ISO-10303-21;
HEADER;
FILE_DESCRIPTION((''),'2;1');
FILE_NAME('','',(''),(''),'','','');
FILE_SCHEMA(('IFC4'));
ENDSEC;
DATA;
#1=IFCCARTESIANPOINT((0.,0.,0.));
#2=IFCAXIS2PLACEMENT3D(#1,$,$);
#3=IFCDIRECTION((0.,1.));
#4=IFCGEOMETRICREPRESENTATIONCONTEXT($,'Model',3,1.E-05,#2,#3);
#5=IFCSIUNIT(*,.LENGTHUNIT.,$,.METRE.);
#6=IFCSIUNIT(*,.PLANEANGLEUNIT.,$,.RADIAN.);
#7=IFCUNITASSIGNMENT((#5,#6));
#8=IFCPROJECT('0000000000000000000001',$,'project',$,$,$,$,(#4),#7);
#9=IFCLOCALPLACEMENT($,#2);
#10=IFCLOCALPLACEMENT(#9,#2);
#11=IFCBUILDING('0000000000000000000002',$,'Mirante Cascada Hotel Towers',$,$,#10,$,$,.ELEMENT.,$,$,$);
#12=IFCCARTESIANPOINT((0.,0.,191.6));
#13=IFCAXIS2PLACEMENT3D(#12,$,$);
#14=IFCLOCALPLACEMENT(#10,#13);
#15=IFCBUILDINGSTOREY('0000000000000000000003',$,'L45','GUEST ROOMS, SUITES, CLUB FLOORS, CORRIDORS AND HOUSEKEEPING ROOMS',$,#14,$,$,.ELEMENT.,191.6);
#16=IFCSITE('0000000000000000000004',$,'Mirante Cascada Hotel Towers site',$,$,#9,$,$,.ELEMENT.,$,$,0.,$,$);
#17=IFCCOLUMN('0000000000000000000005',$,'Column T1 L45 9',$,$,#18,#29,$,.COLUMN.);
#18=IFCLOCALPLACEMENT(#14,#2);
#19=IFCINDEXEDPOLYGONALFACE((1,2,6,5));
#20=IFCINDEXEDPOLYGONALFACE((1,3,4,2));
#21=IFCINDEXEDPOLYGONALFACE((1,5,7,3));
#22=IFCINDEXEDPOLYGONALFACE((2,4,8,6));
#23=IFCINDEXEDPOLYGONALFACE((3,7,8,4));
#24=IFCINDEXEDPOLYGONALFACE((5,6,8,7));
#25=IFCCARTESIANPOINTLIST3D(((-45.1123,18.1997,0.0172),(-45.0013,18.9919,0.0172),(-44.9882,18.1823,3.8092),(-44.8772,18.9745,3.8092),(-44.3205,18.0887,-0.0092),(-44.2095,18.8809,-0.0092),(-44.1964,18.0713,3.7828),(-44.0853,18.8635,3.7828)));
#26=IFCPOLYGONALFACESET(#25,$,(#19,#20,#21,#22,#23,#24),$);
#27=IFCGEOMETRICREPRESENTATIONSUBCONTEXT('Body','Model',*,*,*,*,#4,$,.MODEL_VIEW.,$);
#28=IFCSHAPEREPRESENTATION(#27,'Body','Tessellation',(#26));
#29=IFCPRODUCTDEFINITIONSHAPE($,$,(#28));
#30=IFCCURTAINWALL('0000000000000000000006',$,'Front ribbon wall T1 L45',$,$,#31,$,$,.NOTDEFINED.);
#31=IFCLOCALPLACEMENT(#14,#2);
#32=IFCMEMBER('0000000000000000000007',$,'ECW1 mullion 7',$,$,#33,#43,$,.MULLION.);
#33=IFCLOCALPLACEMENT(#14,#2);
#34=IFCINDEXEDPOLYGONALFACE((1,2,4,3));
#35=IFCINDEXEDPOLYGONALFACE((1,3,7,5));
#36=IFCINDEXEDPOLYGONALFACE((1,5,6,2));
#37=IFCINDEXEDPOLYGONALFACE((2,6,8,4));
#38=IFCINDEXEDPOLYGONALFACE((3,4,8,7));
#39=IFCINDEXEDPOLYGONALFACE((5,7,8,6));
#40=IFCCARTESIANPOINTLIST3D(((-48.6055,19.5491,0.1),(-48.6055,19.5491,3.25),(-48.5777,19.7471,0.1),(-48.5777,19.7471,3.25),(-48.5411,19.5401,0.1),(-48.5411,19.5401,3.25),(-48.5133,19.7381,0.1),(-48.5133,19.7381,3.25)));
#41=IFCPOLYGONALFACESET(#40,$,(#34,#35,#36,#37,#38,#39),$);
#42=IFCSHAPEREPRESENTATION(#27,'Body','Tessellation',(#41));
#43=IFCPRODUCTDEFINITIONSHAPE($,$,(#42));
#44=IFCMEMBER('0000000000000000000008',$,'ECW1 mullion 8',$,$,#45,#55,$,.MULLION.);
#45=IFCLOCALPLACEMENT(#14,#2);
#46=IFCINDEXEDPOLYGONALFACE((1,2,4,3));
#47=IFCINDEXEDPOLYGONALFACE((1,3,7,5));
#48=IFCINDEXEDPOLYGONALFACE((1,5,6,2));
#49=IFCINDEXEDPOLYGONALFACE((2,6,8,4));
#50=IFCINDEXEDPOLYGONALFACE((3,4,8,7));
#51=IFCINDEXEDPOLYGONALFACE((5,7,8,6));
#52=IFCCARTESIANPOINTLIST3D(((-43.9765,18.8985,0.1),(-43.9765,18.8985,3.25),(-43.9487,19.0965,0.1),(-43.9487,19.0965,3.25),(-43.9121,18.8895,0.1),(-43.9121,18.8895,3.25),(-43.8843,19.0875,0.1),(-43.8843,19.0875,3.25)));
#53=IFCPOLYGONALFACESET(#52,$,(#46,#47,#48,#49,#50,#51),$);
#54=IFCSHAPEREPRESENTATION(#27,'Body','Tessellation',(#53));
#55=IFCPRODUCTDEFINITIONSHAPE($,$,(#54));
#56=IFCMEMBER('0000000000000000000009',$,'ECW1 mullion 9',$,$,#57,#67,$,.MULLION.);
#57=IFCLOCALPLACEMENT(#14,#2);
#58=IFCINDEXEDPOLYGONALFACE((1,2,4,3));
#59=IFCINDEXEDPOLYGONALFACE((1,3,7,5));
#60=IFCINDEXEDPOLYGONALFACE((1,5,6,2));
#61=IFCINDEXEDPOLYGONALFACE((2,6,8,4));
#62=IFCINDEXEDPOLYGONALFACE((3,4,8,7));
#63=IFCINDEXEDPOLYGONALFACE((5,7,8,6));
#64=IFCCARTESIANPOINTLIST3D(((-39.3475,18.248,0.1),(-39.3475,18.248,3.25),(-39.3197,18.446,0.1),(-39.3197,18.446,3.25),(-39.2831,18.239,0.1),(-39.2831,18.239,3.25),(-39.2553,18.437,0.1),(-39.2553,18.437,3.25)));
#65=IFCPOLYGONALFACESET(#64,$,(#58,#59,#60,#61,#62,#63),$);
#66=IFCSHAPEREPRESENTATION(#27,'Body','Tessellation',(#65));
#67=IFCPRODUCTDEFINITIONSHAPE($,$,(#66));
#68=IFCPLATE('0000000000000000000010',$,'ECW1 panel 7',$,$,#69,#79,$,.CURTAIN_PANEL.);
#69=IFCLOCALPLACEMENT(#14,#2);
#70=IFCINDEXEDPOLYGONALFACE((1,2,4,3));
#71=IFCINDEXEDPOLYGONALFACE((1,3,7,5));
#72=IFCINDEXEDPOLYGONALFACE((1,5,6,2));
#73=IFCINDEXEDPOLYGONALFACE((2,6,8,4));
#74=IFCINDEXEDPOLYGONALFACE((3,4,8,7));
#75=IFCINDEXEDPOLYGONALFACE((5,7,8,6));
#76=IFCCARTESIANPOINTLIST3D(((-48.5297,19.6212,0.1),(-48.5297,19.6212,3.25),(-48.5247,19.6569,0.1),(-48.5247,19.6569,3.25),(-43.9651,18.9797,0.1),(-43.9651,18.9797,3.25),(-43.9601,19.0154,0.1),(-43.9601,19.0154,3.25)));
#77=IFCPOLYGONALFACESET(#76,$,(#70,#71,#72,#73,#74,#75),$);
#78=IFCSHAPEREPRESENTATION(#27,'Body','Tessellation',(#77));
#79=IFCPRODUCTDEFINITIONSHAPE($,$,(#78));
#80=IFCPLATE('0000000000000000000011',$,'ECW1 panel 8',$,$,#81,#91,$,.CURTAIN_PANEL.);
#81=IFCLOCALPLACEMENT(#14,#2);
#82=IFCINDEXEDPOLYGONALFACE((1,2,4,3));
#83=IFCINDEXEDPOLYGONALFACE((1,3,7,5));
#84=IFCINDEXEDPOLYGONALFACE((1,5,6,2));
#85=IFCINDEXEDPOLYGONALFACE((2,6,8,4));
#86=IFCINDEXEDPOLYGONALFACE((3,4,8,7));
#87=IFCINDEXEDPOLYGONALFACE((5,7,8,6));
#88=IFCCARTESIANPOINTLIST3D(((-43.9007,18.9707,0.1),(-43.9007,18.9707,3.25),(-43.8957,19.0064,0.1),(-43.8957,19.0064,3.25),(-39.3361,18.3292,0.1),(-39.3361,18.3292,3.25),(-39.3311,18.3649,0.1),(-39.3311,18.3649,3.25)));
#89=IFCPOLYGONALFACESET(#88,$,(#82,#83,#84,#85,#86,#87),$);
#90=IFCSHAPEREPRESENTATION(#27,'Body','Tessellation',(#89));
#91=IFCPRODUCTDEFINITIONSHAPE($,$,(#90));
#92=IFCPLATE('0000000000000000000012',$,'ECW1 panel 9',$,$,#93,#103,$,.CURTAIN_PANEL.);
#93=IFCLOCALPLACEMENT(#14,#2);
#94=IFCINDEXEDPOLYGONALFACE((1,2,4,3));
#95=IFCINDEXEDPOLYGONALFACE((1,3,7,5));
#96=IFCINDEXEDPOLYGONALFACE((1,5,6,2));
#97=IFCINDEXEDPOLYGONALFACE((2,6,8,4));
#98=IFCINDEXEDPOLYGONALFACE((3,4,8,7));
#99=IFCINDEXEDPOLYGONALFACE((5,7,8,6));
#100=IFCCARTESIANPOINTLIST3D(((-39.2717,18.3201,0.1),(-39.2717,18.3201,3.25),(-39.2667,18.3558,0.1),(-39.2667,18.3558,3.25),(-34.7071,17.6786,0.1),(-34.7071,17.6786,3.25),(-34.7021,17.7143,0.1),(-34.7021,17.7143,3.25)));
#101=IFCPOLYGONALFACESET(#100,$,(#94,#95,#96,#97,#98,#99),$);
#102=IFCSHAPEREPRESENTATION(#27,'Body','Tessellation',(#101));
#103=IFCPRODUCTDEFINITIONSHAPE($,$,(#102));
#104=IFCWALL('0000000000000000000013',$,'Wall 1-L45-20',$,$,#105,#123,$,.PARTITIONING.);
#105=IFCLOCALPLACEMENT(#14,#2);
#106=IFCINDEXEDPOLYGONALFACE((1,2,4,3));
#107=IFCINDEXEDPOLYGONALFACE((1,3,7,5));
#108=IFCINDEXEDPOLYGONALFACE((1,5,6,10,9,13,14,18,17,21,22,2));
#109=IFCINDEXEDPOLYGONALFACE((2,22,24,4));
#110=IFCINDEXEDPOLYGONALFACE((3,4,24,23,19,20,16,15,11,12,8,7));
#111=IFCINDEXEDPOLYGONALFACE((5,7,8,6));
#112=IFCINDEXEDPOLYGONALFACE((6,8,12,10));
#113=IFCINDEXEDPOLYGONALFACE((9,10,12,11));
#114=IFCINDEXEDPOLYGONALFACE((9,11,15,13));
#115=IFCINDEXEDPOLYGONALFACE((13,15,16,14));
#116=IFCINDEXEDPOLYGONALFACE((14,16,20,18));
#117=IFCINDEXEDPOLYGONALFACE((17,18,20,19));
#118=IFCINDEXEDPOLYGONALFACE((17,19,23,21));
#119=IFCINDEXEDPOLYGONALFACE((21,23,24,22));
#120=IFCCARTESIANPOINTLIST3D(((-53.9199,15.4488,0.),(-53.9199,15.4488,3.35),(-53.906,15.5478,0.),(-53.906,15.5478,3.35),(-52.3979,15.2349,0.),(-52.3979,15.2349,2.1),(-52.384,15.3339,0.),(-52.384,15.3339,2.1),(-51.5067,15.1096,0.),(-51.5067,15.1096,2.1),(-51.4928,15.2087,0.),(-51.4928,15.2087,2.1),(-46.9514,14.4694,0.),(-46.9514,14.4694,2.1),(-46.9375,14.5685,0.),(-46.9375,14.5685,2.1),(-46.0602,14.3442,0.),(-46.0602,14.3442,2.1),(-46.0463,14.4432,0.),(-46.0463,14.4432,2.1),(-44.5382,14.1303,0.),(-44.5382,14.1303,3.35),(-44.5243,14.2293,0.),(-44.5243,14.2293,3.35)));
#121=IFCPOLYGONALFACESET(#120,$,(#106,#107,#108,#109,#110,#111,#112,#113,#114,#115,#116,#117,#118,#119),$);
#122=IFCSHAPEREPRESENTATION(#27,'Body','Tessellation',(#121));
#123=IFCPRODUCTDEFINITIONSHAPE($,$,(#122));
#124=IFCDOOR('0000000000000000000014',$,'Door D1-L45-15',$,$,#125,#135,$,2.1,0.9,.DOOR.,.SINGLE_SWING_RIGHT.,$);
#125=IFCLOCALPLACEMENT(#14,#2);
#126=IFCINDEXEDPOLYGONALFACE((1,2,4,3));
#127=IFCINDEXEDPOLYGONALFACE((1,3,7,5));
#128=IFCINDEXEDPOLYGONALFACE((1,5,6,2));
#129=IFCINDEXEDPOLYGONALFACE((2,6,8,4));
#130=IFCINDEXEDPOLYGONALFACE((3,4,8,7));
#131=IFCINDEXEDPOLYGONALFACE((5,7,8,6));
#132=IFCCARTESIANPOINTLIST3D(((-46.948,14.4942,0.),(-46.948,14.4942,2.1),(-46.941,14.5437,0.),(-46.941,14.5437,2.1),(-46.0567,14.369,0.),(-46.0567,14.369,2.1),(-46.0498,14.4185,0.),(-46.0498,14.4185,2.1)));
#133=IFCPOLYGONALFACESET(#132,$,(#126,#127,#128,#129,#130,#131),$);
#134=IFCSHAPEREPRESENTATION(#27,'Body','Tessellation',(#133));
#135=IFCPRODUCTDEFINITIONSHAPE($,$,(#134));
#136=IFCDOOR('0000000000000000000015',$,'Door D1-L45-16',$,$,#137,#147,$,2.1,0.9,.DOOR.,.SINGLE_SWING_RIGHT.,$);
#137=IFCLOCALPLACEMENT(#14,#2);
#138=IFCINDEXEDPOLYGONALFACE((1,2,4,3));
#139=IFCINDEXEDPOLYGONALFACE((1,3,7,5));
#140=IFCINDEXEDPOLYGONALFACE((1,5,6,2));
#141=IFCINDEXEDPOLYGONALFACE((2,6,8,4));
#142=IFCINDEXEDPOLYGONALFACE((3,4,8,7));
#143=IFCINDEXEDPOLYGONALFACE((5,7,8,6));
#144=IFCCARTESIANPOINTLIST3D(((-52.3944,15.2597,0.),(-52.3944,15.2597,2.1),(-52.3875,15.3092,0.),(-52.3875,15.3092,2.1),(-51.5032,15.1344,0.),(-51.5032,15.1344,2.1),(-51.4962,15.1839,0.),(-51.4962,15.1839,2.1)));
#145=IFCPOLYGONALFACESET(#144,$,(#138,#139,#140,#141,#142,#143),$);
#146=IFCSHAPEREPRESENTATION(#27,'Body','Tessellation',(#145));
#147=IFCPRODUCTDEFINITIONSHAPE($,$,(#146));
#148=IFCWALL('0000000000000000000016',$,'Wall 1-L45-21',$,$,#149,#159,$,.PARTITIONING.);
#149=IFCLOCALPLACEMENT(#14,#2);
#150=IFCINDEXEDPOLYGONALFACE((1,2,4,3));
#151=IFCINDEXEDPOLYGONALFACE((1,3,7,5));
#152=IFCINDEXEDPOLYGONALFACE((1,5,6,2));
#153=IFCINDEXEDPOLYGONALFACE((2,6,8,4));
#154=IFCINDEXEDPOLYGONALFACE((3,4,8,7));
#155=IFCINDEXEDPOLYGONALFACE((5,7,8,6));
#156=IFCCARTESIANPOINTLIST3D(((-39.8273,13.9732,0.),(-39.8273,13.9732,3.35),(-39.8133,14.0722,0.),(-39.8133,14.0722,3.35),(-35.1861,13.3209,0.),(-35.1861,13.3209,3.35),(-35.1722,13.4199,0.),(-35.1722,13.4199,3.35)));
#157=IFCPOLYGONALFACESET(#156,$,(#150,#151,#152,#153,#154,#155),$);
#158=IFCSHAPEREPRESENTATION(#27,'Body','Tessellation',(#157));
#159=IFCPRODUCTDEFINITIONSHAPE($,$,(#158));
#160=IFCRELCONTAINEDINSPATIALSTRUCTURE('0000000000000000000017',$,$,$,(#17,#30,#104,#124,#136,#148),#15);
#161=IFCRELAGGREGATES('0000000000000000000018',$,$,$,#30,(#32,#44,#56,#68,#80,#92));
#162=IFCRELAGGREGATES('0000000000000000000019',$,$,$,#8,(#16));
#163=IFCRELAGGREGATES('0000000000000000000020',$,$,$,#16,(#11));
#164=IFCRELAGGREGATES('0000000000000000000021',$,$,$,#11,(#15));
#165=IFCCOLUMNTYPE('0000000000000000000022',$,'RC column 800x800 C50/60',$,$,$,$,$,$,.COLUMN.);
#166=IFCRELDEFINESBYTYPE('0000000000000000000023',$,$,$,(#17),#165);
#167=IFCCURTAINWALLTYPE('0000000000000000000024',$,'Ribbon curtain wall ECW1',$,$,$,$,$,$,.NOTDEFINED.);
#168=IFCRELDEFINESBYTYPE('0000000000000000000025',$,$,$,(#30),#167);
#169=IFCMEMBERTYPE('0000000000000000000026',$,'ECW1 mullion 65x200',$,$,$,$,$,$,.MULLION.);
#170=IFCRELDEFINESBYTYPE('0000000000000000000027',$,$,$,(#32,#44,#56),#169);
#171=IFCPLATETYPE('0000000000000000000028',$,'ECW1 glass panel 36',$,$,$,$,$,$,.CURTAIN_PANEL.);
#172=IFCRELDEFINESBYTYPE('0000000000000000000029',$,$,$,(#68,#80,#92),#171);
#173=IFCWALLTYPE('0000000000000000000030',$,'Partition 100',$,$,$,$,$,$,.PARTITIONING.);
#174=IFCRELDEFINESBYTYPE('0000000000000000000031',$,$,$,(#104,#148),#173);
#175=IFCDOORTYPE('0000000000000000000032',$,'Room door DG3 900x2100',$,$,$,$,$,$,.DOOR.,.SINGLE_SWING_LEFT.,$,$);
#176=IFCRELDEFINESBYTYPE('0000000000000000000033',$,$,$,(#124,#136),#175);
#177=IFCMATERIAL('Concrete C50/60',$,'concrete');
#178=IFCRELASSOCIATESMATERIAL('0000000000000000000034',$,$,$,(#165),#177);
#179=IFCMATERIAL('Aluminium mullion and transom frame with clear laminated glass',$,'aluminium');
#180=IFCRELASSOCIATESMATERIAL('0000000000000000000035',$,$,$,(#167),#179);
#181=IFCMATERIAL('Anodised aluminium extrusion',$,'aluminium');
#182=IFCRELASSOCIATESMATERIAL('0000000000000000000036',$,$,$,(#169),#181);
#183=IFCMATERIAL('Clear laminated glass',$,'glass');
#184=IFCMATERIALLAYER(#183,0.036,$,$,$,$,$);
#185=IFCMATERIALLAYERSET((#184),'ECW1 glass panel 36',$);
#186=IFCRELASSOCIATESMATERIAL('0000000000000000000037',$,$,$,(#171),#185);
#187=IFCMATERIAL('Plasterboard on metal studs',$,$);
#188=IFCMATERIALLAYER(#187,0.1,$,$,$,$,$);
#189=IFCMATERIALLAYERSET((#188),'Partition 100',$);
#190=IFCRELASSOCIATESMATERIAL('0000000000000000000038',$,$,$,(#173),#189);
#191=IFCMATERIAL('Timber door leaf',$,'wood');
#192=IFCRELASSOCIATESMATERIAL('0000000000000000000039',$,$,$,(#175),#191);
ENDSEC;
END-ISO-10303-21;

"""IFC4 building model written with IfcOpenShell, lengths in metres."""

from ifc_helpers import new_model, si_unit, direction, frame, frame_2d, origin, origin_2d, place, context, subcontext, project, spatial, rectangle, extrude, material, layer, layer_set, material_profile, profile_set, type_object, element, fill, aggregate, save


model = new_model("IFC4")

# Units and contexts
model_context = context("Model", 3, precision=1e-05, world=origin(), true_north=direction((0.0, 1.0)))
body_context = subcontext(model_context, "Body", "Model", "MODEL_VIEW")
ifc_project = project(units=[si_unit("LENGTHUNIT", "METRE"), si_unit("PLANEANGLEUNIT", "RADIAN")], contexts=[model_context])

# Site, building, storey
site_placement = place(None, origin())
site = spatial("IfcSite", under=ifc_project, at=site_placement, Name="Mirante Cascada Hotel Towers site", CompositionType="ELEMENT", RefElevation=0.0)
building_placement = place(site_placement, origin())
building = spatial("IfcBuilding", under=site, at=building_placement, Name="Mirante Cascada Hotel Towers", CompositionType="ELEMENT")
storey_placement = place(building_placement, frame((0.0, 0.0, 191.6)))
storey = spatial("IfcBuildingStorey", under=building, at=storey_placement, Name="L45", Description="GUEST ROOMS, SUITES, CLUB FLOORS, CORRIDORS AND HOUSEKEEPING ROOMS", CompositionType="ELEMENT", Elevation=191.6)

# Column
ifc_material_1 = material(Name="Concrete C50/60", Category="concrete")
ifc_material_profile_1 = material_profile(ifc_material_1, rectangle(XDim=0.8, YDim=0.8, at=origin_2d()), Name="RC column 800x800 C50/60")
ifc_profile_set_1 = profile_set([ifc_material_profile_1], Name="Concrete C50/60")
column_type = type_object("IfcColumnType", Name="RC column 800x800 C50/60", PredefinedType="COLUMN", material=ifc_profile_set_1)
column_placement = place(storey_placement, frame((-44.6609, 18.5403, 0.004), z_axis=(0.032709, -0.004586, 0.999454), x_axis=(0.138851, 0.990313, 0.0)))
element("IfcColumn", 1, at=column_placement, inside=storey, type_object=column_type, Name="Column T1 L45 9", PredefinedType="COLUMN", context=body_context, shape_type="SweptSolid", body=[
    extrude(rectangle(XDim=0.8, YDim=0.8, at=origin_2d()), origin(), (0.0, 0.0, 1.0), 3.7941),
])

# Curtain wall, members, plates
ifc_material_2 = material(Name="Aluminium mullion and transom frame with clear laminated glass", Category="aluminium")
curtain_wall_type = type_object("IfcCurtainWallType", Name="Ribbon curtain wall ECW1", PredefinedType="NOTDEFINED", material=ifc_material_2)
curtain_wall_placement = place(storey_placement, origin())
curtain_wall = element("IfcCurtainWall", 2, at=curtain_wall_placement, inside=storey, type_object=curtain_wall_type, Name="Front ribbon wall T1 L45", PredefinedType="NOTDEFINED")
ifc_material_3 = material(Name="Anodised aluminium extrusion", Category="aluminium")
ifc_material_profile_2 = material_profile(ifc_material_3, rectangle(XDim=0.2, YDim=0.065, at=origin_2d()), Name="ECW1 MULLION 65x200")
ifc_profile_set_2 = profile_set([ifc_material_profile_2], Name="Anodised aluminium extrusion")
member_type = type_object("IfcMemberType", Name="ECW1 mullion 65x200", PredefinedType="MULLION", material=ifc_profile_set_2)
member_1_placement = place(storey_placement, frame((-48.5594, 19.6436, 0.1), z_axis=(0.0, 0.0, 1.0), x_axis=(0.139173, 0.990268, 0.0)))
member_1 = element("IfcMember", 3, at=member_1_placement, type_object=member_type, Name="ECW1 mullion 7", PredefinedType="MULLION", context=body_context, shape_type="SweptSolid", body=[
    extrude(rectangle(XDim=0.2, YDim=0.065, at=origin_2d()), origin(), (0.0, 0.0, 1.0), 3.15),
])
member_2_placement = place(storey_placement, frame((-43.9304, 18.993, 0.1), z_axis=(0.0, 0.0, 1.0), x_axis=(0.139173, 0.990268, 0.0)))
member_2 = element("IfcMember", 4, at=member_2_placement, type_object=member_type, Name="ECW1 mullion 8", PredefinedType="MULLION", context=body_context, shape_type="SweptSolid", body=[
    extrude(rectangle(XDim=0.2, YDim=0.065, at=origin_2d()), origin(), (0.0, 0.0, 1.0), 3.15),
])
member_3_placement = place(storey_placement, frame((-39.3014, 18.3425, 0.1), z_axis=(0.0, 0.0, 1.0), x_axis=(0.139173, 0.990268, 0.0)))
member_3 = element("IfcMember", 5, at=member_3_placement, type_object=member_type, Name="ECW1 mullion 9", PredefinedType="MULLION", context=body_context, shape_type="SweptSolid", body=[
    extrude(rectangle(XDim=0.2, YDim=0.065, at=origin_2d()), origin(), (0.0, 0.0, 1.0), 3.15),
])
ifc_material_4 = material(Name="Clear laminated glass", Category="glass")
ifc_layer_1 = layer(ifc_material_4, 0.036)
ifc_layer_set_1 = layer_set([ifc_layer_1], Name="ECW1 glass panel 36")
plate_type = type_object("IfcPlateType", Name="ECW1 glass panel 36", PredefinedType="CURTAIN_PANEL", material=ifc_layer_set_1)
plate_1_placement = place(storey_placement, frame((-46.2449, 19.3183, 0.1), z_axis=(0.0, 0.0, 1.0), x_axis=(0.990268, -0.139173, 0.0)))
plate_1 = element("IfcPlate", 6, at=plate_1_placement, type_object=plate_type, Name="ECW1 panel 7", PredefinedType="CURTAIN_PANEL", context=body_context, shape_type="SweptSolid", body=[
    extrude(rectangle(XDim=4.6095, YDim=0.036, at=origin_2d()), origin(), (0.0, 0.0, 1.0), 3.15),
])
plate_2_placement = place(storey_placement, frame((-41.6159, 18.6678, 0.1), z_axis=(0.0, 0.0, 1.0), x_axis=(0.990268, -0.139173, 0.0)))
plate_2 = element("IfcPlate", 7, at=plate_2_placement, type_object=plate_type, Name="ECW1 panel 8", PredefinedType="CURTAIN_PANEL", context=body_context, shape_type="SweptSolid", body=[
    extrude(rectangle(XDim=4.6095, YDim=0.036, at=origin_2d()), origin(), (0.0, 0.0, 1.0), 3.15),
])
plate_3_placement = place(storey_placement, frame((-36.9869, 18.0172, 0.1), z_axis=(0.0, 0.0, 1.0), x_axis=(0.990268, -0.139173, 0.0)))
plate_3 = element("IfcPlate", 8, at=plate_3_placement, type_object=plate_type, Name="ECW1 panel 9", PredefinedType="CURTAIN_PANEL", context=body_context, shape_type="SweptSolid", body=[
    extrude(rectangle(XDim=4.6095, YDim=0.036, at=origin_2d()), origin(), (0.0, 0.0, 1.0), 3.15),
])
aggregate(curtain_wall, [member_1, member_2, member_3, plate_1, plate_2, plate_3])

# Wall, openings, doors
ifc_material_5 = material(Name="Plasterboard on metal studs")
ifc_layer_2 = layer(ifc_material_5, 0.1)
ifc_layer_set_2 = layer_set([ifc_layer_2], Name="Partition 100")
wall_type = type_object("IfcWallType", Name="Partition 100", PredefinedType="PARTITIONING", material=ifc_layer_set_2)
wall_1_placement = place(storey_placement, frame((-44.5312, 14.1798, 0.0), z_axis=(0.0, 0.0, 1.0), x_axis=(-0.990268, 0.139172, 0.0)))
wall_1 = element("IfcWall", 9, at=wall_1_placement, inside=storey, type_object=wall_type, Name="Wall 1-L45-20", PredefinedType="PARTITIONING", context=body_context, shape_type="SweptSolid", body=[
    extrude(rectangle(XDim=9.4739, YDim=0.1, at=frame_2d((4.737, 0.0))), origin(), (0.0, 0.0, 1.0), 3.35),
])
opening_1_placement = place(wall_1_placement, frame((1.537, 0.0, 0.0)))
opening_1 = element("IfcOpeningElement", 10, at=opening_1_placement, cuts=wall_1, PredefinedType="OPENING", context=body_context, shape_type="SweptSolid", body=[
    extrude(rectangle(XDim=0.9, YDim=2.1, at=frame_2d((0.45, 1.05))), frame((0.0, 0.05, 0.0), z_axis=(0.0, -1.0, 0.0), x_axis=(1.0, 0.0, 0.0)), (0.0, 0.0, 1.0), 0.1),
])
opening_2_placement = place(wall_1_placement, frame((7.037, 0.0, 0.0)))
opening_2 = element("IfcOpeningElement", 11, at=opening_2_placement, cuts=wall_1, PredefinedType="OPENING", context=body_context, shape_type="SweptSolid", body=[
    extrude(rectangle(XDim=0.9, YDim=2.1, at=frame_2d((0.45, 1.05))), frame((0.0, 0.05, 0.0), z_axis=(0.0, -1.0, 0.0), x_axis=(1.0, 0.0, 0.0)), (0.0, 0.0, 1.0), 0.1),
])
ifc_material_6 = material(Name="Timber door leaf", Category="wood")
door_type_1 = type_object("IfcDoorType", Name="Room door DG3 900x2100", OperationType="SINGLE_SWING_LEFT", PredefinedType="DOOR", material=ifc_material_6)
door_1_placement = place(opening_1_placement, frame((0.9, 0.0, 0.0), z_axis=(0.0, 0.0, 1.0), x_axis=(-1.0, 0.0, 0.0)))
door_1 = element("IfcDoor", 12, at=door_1_placement, inside=storey, type_object=door_type_1, Name="Door D1-L45-15", OperationType="SINGLE_SWING_RIGHT", OverallHeight=2.1, OverallWidth=0.9, PredefinedType="DOOR", context=body_context, shape_type="SweptSolid", body=[
    extrude(rectangle(XDim=0.9, YDim=2.1, at=frame_2d((0.45, 1.05))), frame((0.0, 0.025, 0.0), z_axis=(0.0, -1.0, 0.0), x_axis=(1.0, 0.0, 0.0)), (0.0, 0.0, 1.0), 0.05),
])
fill(opening_1, door_1)
door_2_placement = place(opening_2_placement, frame((0.9, 0.0, 0.0), z_axis=(0.0, 0.0, 1.0), x_axis=(-1.0, 0.0, 0.0)))
door_2 = element("IfcDoor", 13, at=door_2_placement, inside=storey, type_object=door_type_1, Name="Door D1-L45-16", OperationType="SINGLE_SWING_RIGHT", OverallHeight=2.1, OverallWidth=0.9, PredefinedType="DOOR", context=body_context, shape_type="SweptSolid", body=[
    extrude(rectangle(XDim=0.9, YDim=2.1, at=frame_2d((0.45, 1.05))), frame((0.0, 0.025, 0.0), z_axis=(0.0, -1.0, 0.0), x_axis=(1.0, 0.0, 0.0)), (0.0, 0.0, 1.0), 0.05),
])
fill(opening_2, door_2)

# Wall
wall_2_placement = place(storey_placement, frame((-39.8203, 14.0227, 0.0), z_axis=(0.0, 0.0, 1.0), x_axis=(0.990267, -0.139178, 0.0)))
element("IfcWall", 14, at=wall_2_placement, inside=storey, type_object=wall_type, Name="Wall 1-L45-21", PredefinedType="PARTITIONING", context=body_context, shape_type="SweptSolid", body=[
    extrude(rectangle(XDim=4.6868, YDim=0.1, at=frame_2d((2.3434, 0.0))), origin(), (0.0, 0.0, 1.0), 3.35),
])

save(model, "model.ifc")
